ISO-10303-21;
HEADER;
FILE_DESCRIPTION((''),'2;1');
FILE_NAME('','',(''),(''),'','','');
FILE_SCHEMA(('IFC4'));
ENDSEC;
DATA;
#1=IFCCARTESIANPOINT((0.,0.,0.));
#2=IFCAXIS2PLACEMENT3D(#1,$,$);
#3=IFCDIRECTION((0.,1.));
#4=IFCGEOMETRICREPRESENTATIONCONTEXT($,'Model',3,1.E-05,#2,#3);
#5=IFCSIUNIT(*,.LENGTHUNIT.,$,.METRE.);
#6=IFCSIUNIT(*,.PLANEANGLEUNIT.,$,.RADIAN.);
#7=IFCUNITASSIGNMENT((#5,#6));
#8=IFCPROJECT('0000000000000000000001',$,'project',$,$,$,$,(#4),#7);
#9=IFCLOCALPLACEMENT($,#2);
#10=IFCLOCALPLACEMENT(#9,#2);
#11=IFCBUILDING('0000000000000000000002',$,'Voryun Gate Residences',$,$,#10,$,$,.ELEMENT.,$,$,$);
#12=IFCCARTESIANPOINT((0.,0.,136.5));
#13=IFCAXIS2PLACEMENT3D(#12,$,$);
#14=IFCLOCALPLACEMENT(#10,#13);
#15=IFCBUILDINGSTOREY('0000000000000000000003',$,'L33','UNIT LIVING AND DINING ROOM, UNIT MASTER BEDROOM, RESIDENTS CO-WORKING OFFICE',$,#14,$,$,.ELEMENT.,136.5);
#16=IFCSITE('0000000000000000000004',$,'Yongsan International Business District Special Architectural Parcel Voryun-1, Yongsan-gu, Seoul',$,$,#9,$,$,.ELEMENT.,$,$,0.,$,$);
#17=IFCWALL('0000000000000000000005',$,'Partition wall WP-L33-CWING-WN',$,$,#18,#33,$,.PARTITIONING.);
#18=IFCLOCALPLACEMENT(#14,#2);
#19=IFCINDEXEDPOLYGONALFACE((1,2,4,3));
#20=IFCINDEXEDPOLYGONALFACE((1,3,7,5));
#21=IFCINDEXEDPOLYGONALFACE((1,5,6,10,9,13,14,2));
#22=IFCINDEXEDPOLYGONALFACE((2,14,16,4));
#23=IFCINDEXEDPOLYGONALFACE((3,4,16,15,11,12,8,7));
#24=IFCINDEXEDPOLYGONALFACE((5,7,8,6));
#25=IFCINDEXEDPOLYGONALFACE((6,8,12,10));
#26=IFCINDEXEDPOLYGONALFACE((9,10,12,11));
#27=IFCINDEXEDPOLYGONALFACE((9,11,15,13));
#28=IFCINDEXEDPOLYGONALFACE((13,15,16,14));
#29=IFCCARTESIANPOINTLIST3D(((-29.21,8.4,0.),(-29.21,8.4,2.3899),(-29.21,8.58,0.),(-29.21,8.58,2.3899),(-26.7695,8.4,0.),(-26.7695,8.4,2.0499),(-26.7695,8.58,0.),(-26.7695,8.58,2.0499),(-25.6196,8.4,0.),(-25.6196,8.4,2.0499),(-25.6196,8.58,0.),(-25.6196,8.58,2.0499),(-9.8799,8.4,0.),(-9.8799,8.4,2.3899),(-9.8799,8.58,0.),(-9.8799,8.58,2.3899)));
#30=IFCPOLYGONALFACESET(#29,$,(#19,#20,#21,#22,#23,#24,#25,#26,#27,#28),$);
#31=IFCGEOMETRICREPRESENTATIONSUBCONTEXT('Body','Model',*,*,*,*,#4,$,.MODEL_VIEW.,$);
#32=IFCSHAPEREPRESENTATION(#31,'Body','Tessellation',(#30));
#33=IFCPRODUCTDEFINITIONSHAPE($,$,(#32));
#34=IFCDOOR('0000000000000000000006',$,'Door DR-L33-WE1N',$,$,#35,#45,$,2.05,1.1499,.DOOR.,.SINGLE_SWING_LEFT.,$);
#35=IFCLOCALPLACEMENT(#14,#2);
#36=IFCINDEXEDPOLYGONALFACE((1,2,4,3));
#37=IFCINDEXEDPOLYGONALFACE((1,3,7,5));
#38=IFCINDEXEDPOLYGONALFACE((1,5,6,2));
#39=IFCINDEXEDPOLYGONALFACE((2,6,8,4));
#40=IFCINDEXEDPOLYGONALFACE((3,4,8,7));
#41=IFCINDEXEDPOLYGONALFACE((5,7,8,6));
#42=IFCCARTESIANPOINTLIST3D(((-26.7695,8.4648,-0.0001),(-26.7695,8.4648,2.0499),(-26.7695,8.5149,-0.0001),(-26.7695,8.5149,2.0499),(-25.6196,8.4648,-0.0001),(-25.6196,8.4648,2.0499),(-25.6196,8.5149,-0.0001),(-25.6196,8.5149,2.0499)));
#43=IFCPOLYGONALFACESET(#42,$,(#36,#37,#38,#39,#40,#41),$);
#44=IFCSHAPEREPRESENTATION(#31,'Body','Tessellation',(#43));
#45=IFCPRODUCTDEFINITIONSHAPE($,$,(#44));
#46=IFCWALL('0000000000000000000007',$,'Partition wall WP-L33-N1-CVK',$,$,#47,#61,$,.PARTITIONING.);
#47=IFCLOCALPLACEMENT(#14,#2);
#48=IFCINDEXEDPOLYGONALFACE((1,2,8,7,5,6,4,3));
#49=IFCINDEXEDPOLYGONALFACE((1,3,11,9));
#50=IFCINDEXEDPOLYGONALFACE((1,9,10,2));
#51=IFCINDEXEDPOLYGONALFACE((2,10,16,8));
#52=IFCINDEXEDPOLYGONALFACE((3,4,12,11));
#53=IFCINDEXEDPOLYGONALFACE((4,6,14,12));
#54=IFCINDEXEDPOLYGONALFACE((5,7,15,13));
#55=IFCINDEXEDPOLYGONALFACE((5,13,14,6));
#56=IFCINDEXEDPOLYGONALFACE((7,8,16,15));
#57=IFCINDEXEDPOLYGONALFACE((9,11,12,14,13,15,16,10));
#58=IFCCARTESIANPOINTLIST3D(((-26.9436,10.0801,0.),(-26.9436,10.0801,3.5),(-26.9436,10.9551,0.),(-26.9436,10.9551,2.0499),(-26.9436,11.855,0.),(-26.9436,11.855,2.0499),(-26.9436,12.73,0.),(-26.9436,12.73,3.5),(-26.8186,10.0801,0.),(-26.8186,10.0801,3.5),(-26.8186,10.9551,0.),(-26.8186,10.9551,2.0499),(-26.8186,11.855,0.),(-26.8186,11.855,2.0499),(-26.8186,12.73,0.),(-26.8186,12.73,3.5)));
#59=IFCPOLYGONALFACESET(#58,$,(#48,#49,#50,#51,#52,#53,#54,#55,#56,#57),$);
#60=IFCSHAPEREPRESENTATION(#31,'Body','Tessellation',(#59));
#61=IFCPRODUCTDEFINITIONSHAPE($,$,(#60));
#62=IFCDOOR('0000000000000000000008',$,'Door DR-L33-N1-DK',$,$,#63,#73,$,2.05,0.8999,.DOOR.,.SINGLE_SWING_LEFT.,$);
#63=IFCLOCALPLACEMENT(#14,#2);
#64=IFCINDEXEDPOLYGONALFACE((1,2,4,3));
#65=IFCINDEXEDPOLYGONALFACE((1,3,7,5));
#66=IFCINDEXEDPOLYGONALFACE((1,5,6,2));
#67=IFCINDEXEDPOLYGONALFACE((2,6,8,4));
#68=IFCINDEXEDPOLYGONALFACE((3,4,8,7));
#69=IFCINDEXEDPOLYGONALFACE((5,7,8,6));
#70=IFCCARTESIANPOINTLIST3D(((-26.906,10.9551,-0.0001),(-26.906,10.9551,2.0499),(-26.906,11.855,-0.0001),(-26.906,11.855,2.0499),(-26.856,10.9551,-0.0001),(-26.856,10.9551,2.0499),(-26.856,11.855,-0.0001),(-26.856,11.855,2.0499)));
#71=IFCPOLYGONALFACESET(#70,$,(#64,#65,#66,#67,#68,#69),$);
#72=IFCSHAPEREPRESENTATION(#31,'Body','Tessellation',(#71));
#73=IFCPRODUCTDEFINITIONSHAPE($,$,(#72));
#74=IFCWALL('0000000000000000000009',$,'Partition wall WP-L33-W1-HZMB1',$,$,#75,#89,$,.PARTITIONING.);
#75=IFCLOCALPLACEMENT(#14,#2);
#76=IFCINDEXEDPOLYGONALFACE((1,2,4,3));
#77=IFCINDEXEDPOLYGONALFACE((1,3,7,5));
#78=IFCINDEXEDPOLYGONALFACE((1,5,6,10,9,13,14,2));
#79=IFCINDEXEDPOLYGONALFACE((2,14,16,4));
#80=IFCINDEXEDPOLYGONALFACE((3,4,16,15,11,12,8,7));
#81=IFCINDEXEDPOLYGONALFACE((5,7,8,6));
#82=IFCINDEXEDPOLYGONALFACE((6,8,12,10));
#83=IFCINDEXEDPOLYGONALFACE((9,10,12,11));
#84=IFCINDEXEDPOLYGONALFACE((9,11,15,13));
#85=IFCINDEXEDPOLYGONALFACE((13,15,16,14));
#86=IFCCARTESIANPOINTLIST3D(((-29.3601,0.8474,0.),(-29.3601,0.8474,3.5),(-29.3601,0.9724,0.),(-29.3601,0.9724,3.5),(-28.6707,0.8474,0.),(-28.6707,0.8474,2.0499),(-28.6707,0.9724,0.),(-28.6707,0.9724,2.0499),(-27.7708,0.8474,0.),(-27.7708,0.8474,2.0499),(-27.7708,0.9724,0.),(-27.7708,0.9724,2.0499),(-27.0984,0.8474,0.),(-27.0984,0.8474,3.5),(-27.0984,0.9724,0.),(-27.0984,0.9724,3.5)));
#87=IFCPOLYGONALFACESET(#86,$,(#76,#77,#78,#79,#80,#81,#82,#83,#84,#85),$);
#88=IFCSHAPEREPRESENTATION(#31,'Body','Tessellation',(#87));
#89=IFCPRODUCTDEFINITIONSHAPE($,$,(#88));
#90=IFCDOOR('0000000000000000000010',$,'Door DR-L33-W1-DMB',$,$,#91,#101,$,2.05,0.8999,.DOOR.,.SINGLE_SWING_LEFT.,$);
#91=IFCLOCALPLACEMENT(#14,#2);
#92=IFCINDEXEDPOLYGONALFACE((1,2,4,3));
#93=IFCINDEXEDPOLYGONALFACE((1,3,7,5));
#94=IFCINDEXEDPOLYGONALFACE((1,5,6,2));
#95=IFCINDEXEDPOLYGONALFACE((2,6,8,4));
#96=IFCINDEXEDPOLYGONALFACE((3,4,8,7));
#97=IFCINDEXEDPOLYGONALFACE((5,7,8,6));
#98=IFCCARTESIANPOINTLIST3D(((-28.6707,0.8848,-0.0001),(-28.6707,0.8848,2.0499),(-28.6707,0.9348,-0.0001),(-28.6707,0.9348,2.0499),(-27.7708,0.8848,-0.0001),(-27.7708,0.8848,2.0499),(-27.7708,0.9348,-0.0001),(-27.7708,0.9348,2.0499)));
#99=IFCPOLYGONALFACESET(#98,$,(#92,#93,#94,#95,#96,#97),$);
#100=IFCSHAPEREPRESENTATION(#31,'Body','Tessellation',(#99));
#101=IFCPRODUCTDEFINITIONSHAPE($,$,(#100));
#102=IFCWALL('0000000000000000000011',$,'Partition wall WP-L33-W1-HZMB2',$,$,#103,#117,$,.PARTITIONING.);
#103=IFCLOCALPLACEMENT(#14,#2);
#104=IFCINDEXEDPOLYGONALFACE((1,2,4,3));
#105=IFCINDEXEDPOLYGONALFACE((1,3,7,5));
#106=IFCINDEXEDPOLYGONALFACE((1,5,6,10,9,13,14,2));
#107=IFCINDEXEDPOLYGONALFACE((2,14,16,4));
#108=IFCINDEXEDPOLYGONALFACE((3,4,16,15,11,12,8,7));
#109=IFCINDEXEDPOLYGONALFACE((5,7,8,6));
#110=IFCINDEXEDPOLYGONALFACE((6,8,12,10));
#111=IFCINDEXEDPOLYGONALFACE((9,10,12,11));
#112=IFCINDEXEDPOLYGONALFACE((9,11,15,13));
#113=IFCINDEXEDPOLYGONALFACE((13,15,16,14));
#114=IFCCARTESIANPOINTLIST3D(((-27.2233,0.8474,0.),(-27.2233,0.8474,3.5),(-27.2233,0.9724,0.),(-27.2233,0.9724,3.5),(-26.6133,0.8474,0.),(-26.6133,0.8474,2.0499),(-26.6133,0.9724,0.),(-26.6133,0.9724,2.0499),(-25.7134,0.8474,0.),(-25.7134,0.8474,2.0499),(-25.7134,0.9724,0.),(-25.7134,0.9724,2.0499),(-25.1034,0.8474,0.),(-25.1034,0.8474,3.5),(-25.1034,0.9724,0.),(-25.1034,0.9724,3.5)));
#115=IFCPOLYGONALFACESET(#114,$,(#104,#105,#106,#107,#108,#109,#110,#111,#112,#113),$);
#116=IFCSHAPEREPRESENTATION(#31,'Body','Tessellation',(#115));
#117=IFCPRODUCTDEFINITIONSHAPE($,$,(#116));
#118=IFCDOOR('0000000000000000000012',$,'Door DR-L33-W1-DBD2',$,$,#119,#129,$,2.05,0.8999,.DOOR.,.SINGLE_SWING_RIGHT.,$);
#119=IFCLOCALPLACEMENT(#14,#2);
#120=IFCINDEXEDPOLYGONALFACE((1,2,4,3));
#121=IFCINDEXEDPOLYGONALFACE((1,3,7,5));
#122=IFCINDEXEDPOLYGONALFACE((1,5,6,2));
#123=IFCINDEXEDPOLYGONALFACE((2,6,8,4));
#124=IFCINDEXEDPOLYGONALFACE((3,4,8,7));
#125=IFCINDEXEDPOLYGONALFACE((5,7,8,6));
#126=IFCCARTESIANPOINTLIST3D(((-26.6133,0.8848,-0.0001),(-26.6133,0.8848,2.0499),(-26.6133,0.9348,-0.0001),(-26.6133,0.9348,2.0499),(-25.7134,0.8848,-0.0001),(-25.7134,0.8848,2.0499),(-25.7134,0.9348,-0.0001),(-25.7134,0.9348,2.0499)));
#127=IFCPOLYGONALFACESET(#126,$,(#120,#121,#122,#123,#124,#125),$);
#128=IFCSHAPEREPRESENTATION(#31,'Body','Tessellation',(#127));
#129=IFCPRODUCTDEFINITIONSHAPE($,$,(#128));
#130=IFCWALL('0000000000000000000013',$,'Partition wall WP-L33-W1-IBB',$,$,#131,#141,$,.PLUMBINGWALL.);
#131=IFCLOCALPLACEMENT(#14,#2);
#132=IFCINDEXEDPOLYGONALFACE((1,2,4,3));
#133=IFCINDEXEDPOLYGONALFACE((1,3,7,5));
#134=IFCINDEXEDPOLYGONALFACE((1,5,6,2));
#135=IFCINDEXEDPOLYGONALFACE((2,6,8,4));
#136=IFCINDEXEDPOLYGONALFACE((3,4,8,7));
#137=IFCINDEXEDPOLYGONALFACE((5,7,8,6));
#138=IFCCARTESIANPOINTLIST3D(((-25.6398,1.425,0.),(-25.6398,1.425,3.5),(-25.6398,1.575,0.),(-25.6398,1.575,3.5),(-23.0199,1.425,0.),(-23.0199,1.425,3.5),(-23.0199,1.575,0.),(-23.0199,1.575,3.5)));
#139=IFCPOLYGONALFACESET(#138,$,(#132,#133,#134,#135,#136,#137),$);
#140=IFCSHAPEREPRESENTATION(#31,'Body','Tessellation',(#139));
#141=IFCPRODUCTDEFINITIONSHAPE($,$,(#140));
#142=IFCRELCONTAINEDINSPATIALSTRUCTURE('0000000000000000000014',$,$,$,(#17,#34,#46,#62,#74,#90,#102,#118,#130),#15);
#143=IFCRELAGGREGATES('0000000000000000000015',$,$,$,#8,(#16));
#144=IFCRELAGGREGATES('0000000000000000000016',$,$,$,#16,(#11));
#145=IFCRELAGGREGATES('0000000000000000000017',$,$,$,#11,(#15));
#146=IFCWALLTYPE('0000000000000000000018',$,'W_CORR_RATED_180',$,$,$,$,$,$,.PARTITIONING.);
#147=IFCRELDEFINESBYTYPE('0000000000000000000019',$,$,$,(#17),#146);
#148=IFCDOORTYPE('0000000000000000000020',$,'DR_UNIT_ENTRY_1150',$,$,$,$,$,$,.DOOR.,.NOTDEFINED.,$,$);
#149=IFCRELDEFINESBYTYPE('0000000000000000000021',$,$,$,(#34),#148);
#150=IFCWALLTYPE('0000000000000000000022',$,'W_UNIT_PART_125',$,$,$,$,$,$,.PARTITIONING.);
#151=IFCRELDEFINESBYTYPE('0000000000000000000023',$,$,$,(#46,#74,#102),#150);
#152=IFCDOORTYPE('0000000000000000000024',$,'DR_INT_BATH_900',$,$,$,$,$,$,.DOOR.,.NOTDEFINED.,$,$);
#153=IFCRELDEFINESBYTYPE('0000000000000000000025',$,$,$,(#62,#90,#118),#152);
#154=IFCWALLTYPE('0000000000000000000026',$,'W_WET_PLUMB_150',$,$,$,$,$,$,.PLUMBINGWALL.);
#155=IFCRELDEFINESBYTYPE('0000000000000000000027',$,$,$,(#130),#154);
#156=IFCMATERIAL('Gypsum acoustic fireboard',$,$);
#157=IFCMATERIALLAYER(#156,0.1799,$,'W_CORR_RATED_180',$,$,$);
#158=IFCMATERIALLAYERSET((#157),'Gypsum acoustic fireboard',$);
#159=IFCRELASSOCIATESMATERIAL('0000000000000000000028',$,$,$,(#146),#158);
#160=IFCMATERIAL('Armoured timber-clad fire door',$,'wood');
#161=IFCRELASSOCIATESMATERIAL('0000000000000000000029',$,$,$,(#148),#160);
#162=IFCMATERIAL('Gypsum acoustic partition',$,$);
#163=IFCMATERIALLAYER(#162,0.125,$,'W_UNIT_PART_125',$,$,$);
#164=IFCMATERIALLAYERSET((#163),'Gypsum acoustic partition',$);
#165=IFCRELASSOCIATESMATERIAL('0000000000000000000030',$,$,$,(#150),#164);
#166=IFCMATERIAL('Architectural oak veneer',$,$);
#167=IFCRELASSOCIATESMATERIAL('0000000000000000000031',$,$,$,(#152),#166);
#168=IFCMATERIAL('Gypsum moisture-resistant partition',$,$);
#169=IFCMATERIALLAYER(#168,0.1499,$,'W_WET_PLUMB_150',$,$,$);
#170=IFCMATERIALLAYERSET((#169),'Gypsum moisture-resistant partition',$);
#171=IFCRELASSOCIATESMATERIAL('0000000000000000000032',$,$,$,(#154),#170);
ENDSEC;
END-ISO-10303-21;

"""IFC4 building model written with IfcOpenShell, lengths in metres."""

from ifc_helpers import new_model, si_unit, direction, frame, frame_2d, origin, place, context, subcontext, project, spatial, rectangle, extrude, material, layer, layer_set, type_object, element, fill, save


model = new_model("IFC4")

# Units and contexts
model_context = context("Model", 3, precision=1e-05, world=origin(), true_north=direction((0.0, 1.0)))
body_context = subcontext(model_context, "Body", "Model", "MODEL_VIEW")
ifc_project = project(units=[si_unit("LENGTHUNIT", "METRE"), si_unit("PLANEANGLEUNIT", "RADIAN")], contexts=[model_context])

# Site, building, storey
site_placement = place(None, origin())
site = spatial("IfcSite", under=ifc_project, at=site_placement, Name="Yongsan International Business District Special Architectural Parcel Voryun-1, Yongsan-gu, Seoul", CompositionType="ELEMENT", RefElevation=0.0)
building_placement = place(site_placement, origin())
building = spatial("IfcBuilding", under=site, at=building_placement, Name="Voryun Gate Residences", CompositionType="ELEMENT")
storey_placement = place(building_placement, frame((0.0, 0.0, 136.5)))
storey = spatial("IfcBuildingStorey", under=building, at=storey_placement, Name="L33", Description="UNIT LIVING AND DINING ROOM, UNIT MASTER BEDROOM, RESIDENTS CO-WORKING OFFICE", CompositionType="ELEMENT", Elevation=136.5)

# Walls, openings, doors
ifc_material_1 = material(Name="Gypsum acoustic fireboard")
ifc_layer_1 = layer(ifc_material_1, 0.1799, Name="W_CORR_RATED_180")
ifc_layer_set_1 = layer_set([ifc_layer_1], Name="Gypsum acoustic fireboard")
wall_type_1 = type_object("IfcWallType", Name="W_CORR_RATED_180", PredefinedType="PARTITIONING", material=ifc_layer_set_1)
wall_1_placement = place(storey_placement, frame((-29.21, 8.49, 0.0), z_axis=(0.0, 0.0, 1.0), x_axis=(1.0, 0.0, 0.0)))
wall_1 = element("IfcWall", 1, at=wall_1_placement, inside=storey, type_object=wall_type_1, Name="Partition wall WP-L33-CWING-WN", PredefinedType="PARTITIONING", context=body_context, shape_type="SweptSolid", body=[
    extrude(rectangle(XDim=19.3301, YDim=0.1799, at=frame_2d((9.665, 0.0))), origin(), (0.0, 0.0, 1.0), 2.3899),
])
opening_1_placement = place(wall_1_placement, frame((2.4404, 0.0, 0.0)))
opening_1 = element("IfcOpeningElement", 2, at=opening_1_placement, cuts=wall_1, PredefinedType="OPENING", context=body_context, shape_type="SweptSolid", body=[
    extrude(rectangle(XDim=1.1499, YDim=2.05, at=frame_2d((0.575, 1.0249))), frame((0.0, 0.0999, 0.0), z_axis=(0.0, -1.0, 0.0), x_axis=(1.0, 0.0, 0.0)), (0.0, 0.0, 1.0), 0.2),
])
ifc_material_2 = material(Name="Armoured timber-clad fire door", Category="wood")
door_type_1 = type_object("IfcDoorType", Name="DR_UNIT_ENTRY_1150", OperationType="NOTDEFINED", PredefinedType="DOOR", material=ifc_material_2)
door_1_placement = place(opening_1_placement, origin())
door_1 = element("IfcDoor", 3, at=door_1_placement, inside=storey, type_object=door_type_1, Name="Door DR-L33-WE1N", OperationType="SINGLE_SWING_LEFT", OverallHeight=2.05, OverallWidth=1.1499, PredefinedType="DOOR", context=body_context, shape_type="SweptSolid", body=[
    extrude(rectangle(XDim=1.1499, YDim=2.05, at=frame_2d((0.575, 1.0249))), frame((0.0, 0.0249, 0.0), z_axis=(0.0, -1.0, 0.0), x_axis=(1.0, 0.0, 0.0)), (0.0, 0.0, 1.0), 0.05),
])
fill(opening_1, door_1)
ifc_material_3 = material(Name="Gypsum acoustic partition")
ifc_layer_2 = layer(ifc_material_3, 0.125, Name="W_UNIT_PART_125")
ifc_layer_set_2 = layer_set([ifc_layer_2], Name="Gypsum acoustic partition")
wall_type_2 = type_object("IfcWallType", Name="W_UNIT_PART_125", PredefinedType="PARTITIONING", material=ifc_layer_set_2)
wall_2_placement = place(storey_placement, frame((-26.8811, 10.0801, 0.0), z_axis=(0.0, 0.0, 1.0), x_axis=(0.0, 1.0, 0.0)))
wall_2 = element("IfcWall", 4, at=wall_2_placement, inside=storey, type_object=wall_type_2, Name="Partition wall WP-L33-N1-CVK", PredefinedType="PARTITIONING", context=body_context, shape_type="SweptSolid", body=[
    extrude(rectangle(XDim=2.6499, YDim=0.125, at=frame_2d((1.325, 0.0))), origin(), (0.0, 0.0, 1.0), 3.5),
])
opening_2_placement = place(wall_2_placement, frame((0.875, 0.0, 0.0)))
opening_2 = element("IfcOpeningElement", 5, at=opening_2_placement, cuts=wall_2, PredefinedType="OPENING", context=body_context, shape_type="SweptSolid", body=[
    extrude(rectangle(XDim=0.8999, YDim=2.05, at=frame_2d((0.45, 1.0249))), frame((0.0, 0.0725, 0.0), z_axis=(0.0, -1.0, 0.0), x_axis=(1.0, 0.0, 0.0)), (0.0, 0.0, 1.0), 0.145),
])
ifc_material_4 = material(Name="Architectural oak veneer")
door_type_2 = type_object("IfcDoorType", Name="DR_INT_BATH_900", OperationType="NOTDEFINED", PredefinedType="DOOR", material=ifc_material_4)
door_2_placement = place(opening_2_placement, origin())
door_2 = element("IfcDoor", 6, at=door_2_placement, inside=storey, type_object=door_type_2, Name="Door DR-L33-N1-DK", OperationType="SINGLE_SWING_LEFT", OverallHeight=2.05, OverallWidth=0.8999, PredefinedType="DOOR", context=body_context, shape_type="SweptSolid", body=[
    extrude(rectangle(XDim=0.8999, YDim=2.05, at=frame_2d((0.45, 1.0249))), frame((0.0, 0.0249, 0.0), z_axis=(0.0, -1.0, 0.0), x_axis=(1.0, 0.0, 0.0)), (0.0, 0.0, 1.0), 0.05),
])
fill(opening_2, door_2)
wall_3_placement = place(storey_placement, frame((-29.3601, 0.9099, 0.0), z_axis=(0.0, 0.0, 1.0), x_axis=(1.0, 0.0, 0.0)))
wall_3 = element("IfcWall", 7, at=wall_3_placement, inside=storey, type_object=wall_type_2, Name="Partition wall WP-L33-W1-HZMB1", PredefinedType="PARTITIONING", context=body_context, shape_type="SweptSolid", body=[
    extrude(rectangle(XDim=2.2617, YDim=0.125, at=frame_2d((1.1309, 0.0))), origin(), (0.0, 0.0, 1.0), 3.5),
])
opening_3_placement = place(wall_3_placement, frame((0.6895, 0.0, 0.0)))
opening_3 = element("IfcOpeningElement", 8, at=opening_3_placement, cuts=wall_3, PredefinedType="OPENING", context=body_context, shape_type="SweptSolid", body=[
    extrude(rectangle(XDim=0.8999, YDim=2.05, at=frame_2d((0.45, 1.0249))), frame((0.0, 0.0725, 0.0), z_axis=(0.0, -1.0, 0.0), x_axis=(1.0, 0.0, 0.0)), (0.0, 0.0, 1.0), 0.145),
])
door_3_placement = place(opening_3_placement, origin())
door_3 = element("IfcDoor", 9, at=door_3_placement, inside=storey, type_object=door_type_2, Name="Door DR-L33-W1-DMB", OperationType="SINGLE_SWING_LEFT", OverallHeight=2.05, OverallWidth=0.8999, PredefinedType="DOOR", context=body_context, shape_type="SweptSolid", body=[
    extrude(rectangle(XDim=0.8999, YDim=2.05, at=frame_2d((0.45, 1.0249))), frame((0.0, 0.0249, 0.0), z_axis=(0.0, -1.0, 0.0), x_axis=(1.0, 0.0, 0.0)), (0.0, 0.0, 1.0), 0.05),
])
fill(opening_3, door_3)
wall_4_placement = place(storey_placement, frame((-27.2234, 0.9099, 0.0), z_axis=(0.0, 0.0, 1.0), x_axis=(1.0, 0.0, 0.0)))
wall_4 = element("IfcWall", 10, at=wall_4_placement, inside=storey, type_object=wall_type_2, Name="Partition wall WP-L33-W1-HZMB2", PredefinedType="PARTITIONING", context=body_context, shape_type="SweptSolid", body=[
    extrude(rectangle(XDim=2.1199, YDim=0.125, at=frame_2d((1.0601, 0.0))), origin(), (0.0, 0.0, 1.0), 3.5),
])
opening_4_placement = place(wall_4_placement, frame((0.6101, 0.0, 0.0)))
opening_4 = element("IfcOpeningElement", 11, at=opening_4_placement, cuts=wall_4, PredefinedType="OPENING", context=body_context, shape_type="SweptSolid", body=[
    extrude(rectangle(XDim=0.8999, YDim=2.05, at=frame_2d((0.45, 1.0249))), frame((0.0, 0.0725, 0.0), z_axis=(0.0, -1.0, 0.0), x_axis=(1.0, 0.0, 0.0)), (0.0, 0.0, 1.0), 0.145),
])
door_4_placement = place(opening_4_placement, origin())
door_4 = element("IfcDoor", 12, at=door_4_placement, inside=storey, type_object=door_type_2, Name="Door DR-L33-W1-DBD2", OperationType="SINGLE_SWING_RIGHT", OverallHeight=2.05, OverallWidth=0.8999, PredefinedType="DOOR", context=body_context, shape_type="SweptSolid", body=[
    extrude(rectangle(XDim=0.8999, YDim=2.05, at=frame_2d((0.45, 1.0249))), frame((0.0, 0.0249, 0.0), z_axis=(0.0, -1.0, 0.0), x_axis=(1.0, 0.0, 0.0)), (0.0, 0.0, 1.0), 0.05),
])
fill(opening_4, door_4)

# Wall
ifc_material_5 = material(Name="Gypsum moisture-resistant partition")
ifc_layer_3 = layer(ifc_material_5, 0.1499, Name="W_WET_PLUMB_150")
ifc_layer_set_3 = layer_set([ifc_layer_3], Name="Gypsum moisture-resistant partition")
wall_type_3 = type_object("IfcWallType", Name="W_WET_PLUMB_150", PredefinedType="PLUMBINGWALL", material=ifc_layer_set_3)
wall_5_placement = place(storey_placement, frame((-25.6399, 1.5, 0.0), z_axis=(0.0, 0.0, 1.0), x_axis=(1.0, 0.0, 0.0)))
element("IfcWall", 13, at=wall_5_placement, inside=storey, type_object=wall_type_3, Name="Partition wall WP-L33-W1-IBB", PredefinedType="PLUMBINGWALL", context=body_context, shape_type="SweptSolid", body=[
    extrude(rectangle(XDim=2.6199, YDim=0.1499, at=frame_2d((1.3101, 0.0))), origin(), (0.0, 0.0, 1.0), 3.5),
])

save(model, "model.ifc")
